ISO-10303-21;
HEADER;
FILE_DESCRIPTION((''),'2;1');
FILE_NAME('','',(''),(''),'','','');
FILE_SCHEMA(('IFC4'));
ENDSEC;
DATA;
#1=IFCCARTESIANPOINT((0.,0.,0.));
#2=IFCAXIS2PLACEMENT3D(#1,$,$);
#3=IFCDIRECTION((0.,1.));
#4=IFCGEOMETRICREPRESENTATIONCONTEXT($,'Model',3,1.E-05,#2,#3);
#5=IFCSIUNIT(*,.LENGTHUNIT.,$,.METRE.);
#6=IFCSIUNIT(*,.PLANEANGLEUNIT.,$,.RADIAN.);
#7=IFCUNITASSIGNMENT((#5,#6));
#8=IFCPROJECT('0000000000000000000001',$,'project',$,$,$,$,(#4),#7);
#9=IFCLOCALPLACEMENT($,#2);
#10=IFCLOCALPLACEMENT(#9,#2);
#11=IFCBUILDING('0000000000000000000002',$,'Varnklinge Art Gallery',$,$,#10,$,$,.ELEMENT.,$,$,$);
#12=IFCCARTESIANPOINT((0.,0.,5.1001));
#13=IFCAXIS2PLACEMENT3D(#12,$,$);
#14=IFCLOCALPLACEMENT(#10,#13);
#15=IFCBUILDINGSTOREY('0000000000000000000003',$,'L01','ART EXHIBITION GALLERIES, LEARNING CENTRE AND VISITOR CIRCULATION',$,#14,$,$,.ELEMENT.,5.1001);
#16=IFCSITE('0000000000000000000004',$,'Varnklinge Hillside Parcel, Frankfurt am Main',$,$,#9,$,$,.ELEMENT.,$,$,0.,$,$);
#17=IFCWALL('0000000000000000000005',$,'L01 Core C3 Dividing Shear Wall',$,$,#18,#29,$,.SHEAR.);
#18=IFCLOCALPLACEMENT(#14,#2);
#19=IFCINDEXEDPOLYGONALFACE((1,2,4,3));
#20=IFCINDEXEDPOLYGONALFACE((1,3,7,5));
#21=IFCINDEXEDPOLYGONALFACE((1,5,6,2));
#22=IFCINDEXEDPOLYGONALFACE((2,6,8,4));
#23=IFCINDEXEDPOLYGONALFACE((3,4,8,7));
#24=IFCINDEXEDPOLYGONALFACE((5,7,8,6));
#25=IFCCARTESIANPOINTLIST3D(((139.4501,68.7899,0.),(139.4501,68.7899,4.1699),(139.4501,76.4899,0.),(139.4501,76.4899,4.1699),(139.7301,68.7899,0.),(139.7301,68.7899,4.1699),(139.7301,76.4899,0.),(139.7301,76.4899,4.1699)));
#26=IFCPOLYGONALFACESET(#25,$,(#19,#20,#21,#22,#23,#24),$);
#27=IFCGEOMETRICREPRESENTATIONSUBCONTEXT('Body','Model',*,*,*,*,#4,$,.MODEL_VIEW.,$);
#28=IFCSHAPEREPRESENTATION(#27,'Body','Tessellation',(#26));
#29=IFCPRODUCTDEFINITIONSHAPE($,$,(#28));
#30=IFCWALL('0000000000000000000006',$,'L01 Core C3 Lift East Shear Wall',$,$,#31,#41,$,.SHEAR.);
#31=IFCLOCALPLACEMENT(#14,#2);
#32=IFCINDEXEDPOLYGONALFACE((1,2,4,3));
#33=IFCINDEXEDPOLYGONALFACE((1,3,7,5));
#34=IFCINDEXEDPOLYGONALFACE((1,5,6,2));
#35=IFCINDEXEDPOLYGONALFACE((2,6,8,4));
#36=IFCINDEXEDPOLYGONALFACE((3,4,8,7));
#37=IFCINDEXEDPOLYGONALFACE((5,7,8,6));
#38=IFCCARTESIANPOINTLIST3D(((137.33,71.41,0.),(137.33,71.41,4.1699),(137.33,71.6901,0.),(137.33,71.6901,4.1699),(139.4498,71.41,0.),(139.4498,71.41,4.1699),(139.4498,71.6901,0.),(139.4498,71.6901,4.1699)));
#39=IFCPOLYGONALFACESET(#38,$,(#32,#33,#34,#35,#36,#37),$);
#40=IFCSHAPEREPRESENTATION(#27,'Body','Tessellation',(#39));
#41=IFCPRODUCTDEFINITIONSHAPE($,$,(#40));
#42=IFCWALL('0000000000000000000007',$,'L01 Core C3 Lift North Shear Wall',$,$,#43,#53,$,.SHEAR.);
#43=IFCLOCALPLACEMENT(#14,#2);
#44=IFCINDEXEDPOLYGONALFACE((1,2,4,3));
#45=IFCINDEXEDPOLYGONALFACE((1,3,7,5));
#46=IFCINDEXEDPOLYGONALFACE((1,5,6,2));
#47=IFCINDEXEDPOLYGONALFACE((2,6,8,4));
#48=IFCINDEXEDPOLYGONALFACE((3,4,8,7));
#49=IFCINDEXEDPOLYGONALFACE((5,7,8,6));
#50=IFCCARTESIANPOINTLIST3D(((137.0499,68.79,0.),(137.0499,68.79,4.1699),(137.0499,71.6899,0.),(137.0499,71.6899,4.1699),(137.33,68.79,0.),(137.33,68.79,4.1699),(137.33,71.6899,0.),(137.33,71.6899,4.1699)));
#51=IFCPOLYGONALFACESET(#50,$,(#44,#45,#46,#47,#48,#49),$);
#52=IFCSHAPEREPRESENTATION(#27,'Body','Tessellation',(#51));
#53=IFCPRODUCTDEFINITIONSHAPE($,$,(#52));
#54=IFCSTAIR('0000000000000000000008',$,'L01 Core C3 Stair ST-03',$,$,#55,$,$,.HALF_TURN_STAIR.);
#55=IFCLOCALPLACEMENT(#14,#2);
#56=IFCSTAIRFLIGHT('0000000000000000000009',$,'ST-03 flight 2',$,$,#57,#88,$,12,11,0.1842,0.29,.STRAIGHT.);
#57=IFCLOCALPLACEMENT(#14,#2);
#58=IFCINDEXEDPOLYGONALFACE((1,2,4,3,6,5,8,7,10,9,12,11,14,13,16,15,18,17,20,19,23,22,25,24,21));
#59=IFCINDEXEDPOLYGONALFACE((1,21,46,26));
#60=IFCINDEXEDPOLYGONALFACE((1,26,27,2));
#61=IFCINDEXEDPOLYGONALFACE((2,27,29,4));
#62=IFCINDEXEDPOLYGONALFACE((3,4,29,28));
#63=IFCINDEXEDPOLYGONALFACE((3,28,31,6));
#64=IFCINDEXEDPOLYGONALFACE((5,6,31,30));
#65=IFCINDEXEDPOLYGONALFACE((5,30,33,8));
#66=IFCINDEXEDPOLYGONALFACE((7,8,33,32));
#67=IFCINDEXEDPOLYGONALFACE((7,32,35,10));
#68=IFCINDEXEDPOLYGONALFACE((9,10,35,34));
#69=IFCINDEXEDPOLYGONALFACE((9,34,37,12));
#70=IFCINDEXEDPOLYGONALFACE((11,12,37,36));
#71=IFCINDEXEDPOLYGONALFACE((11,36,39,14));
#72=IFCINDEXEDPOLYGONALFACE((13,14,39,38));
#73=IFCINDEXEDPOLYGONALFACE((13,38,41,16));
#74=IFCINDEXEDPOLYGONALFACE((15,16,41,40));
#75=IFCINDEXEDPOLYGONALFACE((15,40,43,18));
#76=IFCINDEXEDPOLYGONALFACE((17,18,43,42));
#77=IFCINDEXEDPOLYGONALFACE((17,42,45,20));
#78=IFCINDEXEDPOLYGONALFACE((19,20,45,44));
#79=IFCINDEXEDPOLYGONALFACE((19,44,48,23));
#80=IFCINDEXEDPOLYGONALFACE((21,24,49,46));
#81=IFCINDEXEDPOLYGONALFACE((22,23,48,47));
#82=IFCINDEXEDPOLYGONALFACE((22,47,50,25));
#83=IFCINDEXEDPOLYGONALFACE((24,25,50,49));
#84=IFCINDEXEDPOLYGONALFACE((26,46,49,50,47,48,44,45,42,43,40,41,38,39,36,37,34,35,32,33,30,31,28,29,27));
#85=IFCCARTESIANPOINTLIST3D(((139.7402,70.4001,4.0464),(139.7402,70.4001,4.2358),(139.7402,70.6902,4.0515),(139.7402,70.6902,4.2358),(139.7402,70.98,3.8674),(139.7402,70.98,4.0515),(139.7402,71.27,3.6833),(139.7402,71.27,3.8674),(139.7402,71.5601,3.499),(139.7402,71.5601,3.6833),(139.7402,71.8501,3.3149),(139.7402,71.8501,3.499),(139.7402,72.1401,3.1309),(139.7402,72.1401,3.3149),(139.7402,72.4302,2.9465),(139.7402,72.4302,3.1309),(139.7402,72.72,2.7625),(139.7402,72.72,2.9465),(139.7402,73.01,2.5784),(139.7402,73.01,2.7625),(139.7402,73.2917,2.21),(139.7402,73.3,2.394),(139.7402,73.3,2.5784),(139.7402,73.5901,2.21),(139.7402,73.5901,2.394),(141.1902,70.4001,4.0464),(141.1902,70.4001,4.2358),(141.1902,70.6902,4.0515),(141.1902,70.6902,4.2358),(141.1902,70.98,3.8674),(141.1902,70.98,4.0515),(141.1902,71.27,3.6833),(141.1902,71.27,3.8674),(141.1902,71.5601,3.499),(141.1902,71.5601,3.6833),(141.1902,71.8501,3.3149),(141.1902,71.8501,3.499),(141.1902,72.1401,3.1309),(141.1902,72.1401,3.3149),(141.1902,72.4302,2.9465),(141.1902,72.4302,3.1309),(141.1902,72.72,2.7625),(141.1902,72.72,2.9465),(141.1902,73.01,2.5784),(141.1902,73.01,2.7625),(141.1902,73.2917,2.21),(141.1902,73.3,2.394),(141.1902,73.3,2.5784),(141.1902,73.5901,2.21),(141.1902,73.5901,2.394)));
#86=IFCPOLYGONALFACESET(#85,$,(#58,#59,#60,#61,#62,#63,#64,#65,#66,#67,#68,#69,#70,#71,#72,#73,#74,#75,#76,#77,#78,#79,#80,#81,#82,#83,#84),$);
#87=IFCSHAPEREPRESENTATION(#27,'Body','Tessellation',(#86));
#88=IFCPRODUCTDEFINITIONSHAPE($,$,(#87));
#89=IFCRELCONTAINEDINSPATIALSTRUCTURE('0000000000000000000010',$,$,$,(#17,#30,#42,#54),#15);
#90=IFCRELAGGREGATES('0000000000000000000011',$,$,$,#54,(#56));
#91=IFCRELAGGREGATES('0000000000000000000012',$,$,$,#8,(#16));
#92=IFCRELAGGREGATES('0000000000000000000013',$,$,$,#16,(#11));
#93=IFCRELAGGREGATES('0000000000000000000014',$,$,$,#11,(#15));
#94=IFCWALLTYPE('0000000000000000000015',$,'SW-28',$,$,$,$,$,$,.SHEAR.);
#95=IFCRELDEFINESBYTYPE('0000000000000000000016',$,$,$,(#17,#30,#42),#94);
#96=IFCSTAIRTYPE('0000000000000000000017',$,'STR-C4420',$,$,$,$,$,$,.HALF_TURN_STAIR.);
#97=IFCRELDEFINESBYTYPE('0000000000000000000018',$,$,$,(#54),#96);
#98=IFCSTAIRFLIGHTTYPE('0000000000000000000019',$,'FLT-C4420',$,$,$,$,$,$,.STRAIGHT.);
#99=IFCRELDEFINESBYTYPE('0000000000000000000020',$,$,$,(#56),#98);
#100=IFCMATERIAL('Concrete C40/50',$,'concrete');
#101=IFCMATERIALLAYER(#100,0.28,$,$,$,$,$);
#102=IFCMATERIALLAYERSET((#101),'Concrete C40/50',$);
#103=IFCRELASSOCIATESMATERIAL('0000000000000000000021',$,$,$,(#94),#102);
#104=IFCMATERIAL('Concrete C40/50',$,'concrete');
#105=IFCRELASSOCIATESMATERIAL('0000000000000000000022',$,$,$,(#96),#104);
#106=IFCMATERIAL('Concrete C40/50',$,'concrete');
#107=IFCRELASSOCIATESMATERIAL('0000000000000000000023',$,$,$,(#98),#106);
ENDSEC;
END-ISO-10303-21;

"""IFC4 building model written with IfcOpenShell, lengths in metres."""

from ifc_helpers import new_model, si_unit, direction, frame, frame_2d, origin, place, context, subcontext, project, spatial, polyline, rectangle, outline, extrude, material, layer, layer_set, type_object, element, aggregate, save


model = new_model("IFC4")

# Units and contexts
model_context = context("Model", 3, precision=1e-05, world=origin(), true_north=direction((0.0, 1.0)))
body_context = subcontext(model_context, "Body", "Model", "MODEL_VIEW")
ifc_project = project(units=[si_unit("LENGTHUNIT", "METRE"), si_unit("PLANEANGLEUNIT", "RADIAN")], contexts=[model_context])

# Site, building, storey
site_placement = place(None, origin())
site = spatial("IfcSite", under=ifc_project, at=site_placement, Name="Varnklinge Hillside Parcel, Frankfurt am Main", CompositionType="ELEMENT", RefElevation=0.0)
building_placement = place(site_placement, origin())
building = spatial("IfcBuilding", under=site, at=building_placement, Name="Varnklinge Art Gallery", CompositionType="ELEMENT")
storey_placement = place(building_placement, frame((0.0, 0.0, 5.1001)))
storey = spatial("IfcBuildingStorey", under=building, at=storey_placement, Name="L01", Description="ART EXHIBITION GALLERIES, LEARNING CENTRE AND VISITOR CIRCULATION", CompositionType="ELEMENT", Elevation=5.1001)

# Walls
ifc_material_1 = material(Name="Concrete C40/50", Category="concrete")
ifc_layer_1 = layer(ifc_material_1, 0.28)
ifc_layer_set_1 = layer_set([ifc_layer_1], Name="Concrete C40/50")
wall_type_1 = type_object("IfcWallType", Name="SW-28", PredefinedType="SHEAR", material=ifc_layer_set_1)
wall_1_placement = place(storey_placement, frame((139.5901, 76.49, 0.0), z_axis=(0.0, 0.0, 1.0), x_axis=(0.0, -1.0, 0.0)))
element("IfcWall", 1, at=wall_1_placement, inside=storey, type_object=wall_type_1, Name="L01 Core C3 Dividing Shear Wall", PredefinedType="SHEAR", context=body_context, shape_type="SweptSolid", body=[
    extrude(rectangle(XDim=7.7, YDim=0.28, at=frame_2d((3.8501, 0.0))), origin(), (0.0, 0.0, 1.0), 4.1699),
])
wall_2_placement = place(storey_placement, frame((139.45, 71.55, 0.0), z_axis=(0.0, 0.0, 1.0), x_axis=(-1.0, 0.0, 0.0)))
element("IfcWall", 2, at=wall_2_placement, inside=storey, type_object=wall_type_1, Name="L01 Core C3 Lift East Shear Wall", PredefinedType="SHEAR", context=body_context, shape_type="SweptSolid", body=[
    extrude(rectangle(XDim=2.1199, YDim=0.28, at=frame_2d((1.0601, 0.0))), origin(), (0.0, 0.0, 1.0), 4.1699),
])
wall_3_placement = place(storey_placement, frame((137.1899, 71.6899, 0.0), z_axis=(0.0, 0.0, 1.0), x_axis=(0.0, -1.0, 0.0)))
element("IfcWall", 3, at=wall_3_placement, inside=storey, type_object=wall_type_1, Name="L01 Core C3 Lift North Shear Wall", PredefinedType="SHEAR", context=body_context, shape_type="SweptSolid", body=[
    extrude(rectangle(XDim=2.8999, YDim=0.28, at=frame_2d((1.45, 0.0))), origin(), (0.0, 0.0, 1.0), 4.1699),
])

# Stair, stair flight
ifc_material_2 = material(Name="Concrete C40/50", Category="concrete")
stair_type = type_object("IfcStairType", Name="STR-C4420", PredefinedType="HALF_TURN_STAIR", material=ifc_material_2)
stair_placement = place(storey_placement, origin())
stair = element("IfcStair", 4, at=stair_placement, inside=storey, type_object=stair_type, Name="L01 Core C3 Stair ST-03", PredefinedType="HALF_TURN_STAIR")
ifc_material_3 = material(Name="Concrete C40/50", Category="concrete")
stair_flight_type = type_object("IfcStairFlightType", Name="FLT-C4420", PredefinedType="STRAIGHT", material=ifc_material_3)
stair_flight_placement = place(storey_placement, frame((140.4651, 73.5901, 2.21), z_axis=(0.0, 0.0, 1.0), x_axis=(0.0, -1.0, 0.0)))
stair_flight = element("IfcStairFlight", 5, at=stair_flight_placement, type_object=stair_flight_type, Name="ST-03 flight 2", NumberOfRisers=12, NumberOfTreads=11, PredefinedType="STRAIGHT", RiserHeight=0.1842, TreadLength=0.29, context=body_context, shape_type="SweptSolid", body=[
    extrude(outline(polyline([(0.0, 0.0), (0.0, 0.1841), (0.29, 0.1841), (0.29, 0.3684), (0.5801, 0.3684), (0.5801, 0.5525), (0.8701, 0.5525), (0.8701, 0.7366), (1.1599, 0.7366), (1.1599, 0.9209), (1.45, 0.9209), (1.45, 1.105), (1.74, 1.105), (1.74, 1.2891), (2.03, 1.2891), (2.03, 1.4734), (2.3201, 1.4734), (2.3201, 1.6575), (2.6101, 1.6575), (2.6101, 1.8416), (2.8999, 1.8416), (2.8999, 2.0259), (3.1899, 2.0259), (3.1899, 2.21), (3.1899, 1.8364), (0.2983, 0.0), (0.0, 0.0)])), frame((0.0, 0.7251, 0.0), z_axis=(0.0, -1.0, 0.0), x_axis=(1.0, 0.0, 0.0)), (0.0, 0.0, 1.0), 1.45),
])
aggregate(stair, [stair_flight])

save(model, "model.ifc")
